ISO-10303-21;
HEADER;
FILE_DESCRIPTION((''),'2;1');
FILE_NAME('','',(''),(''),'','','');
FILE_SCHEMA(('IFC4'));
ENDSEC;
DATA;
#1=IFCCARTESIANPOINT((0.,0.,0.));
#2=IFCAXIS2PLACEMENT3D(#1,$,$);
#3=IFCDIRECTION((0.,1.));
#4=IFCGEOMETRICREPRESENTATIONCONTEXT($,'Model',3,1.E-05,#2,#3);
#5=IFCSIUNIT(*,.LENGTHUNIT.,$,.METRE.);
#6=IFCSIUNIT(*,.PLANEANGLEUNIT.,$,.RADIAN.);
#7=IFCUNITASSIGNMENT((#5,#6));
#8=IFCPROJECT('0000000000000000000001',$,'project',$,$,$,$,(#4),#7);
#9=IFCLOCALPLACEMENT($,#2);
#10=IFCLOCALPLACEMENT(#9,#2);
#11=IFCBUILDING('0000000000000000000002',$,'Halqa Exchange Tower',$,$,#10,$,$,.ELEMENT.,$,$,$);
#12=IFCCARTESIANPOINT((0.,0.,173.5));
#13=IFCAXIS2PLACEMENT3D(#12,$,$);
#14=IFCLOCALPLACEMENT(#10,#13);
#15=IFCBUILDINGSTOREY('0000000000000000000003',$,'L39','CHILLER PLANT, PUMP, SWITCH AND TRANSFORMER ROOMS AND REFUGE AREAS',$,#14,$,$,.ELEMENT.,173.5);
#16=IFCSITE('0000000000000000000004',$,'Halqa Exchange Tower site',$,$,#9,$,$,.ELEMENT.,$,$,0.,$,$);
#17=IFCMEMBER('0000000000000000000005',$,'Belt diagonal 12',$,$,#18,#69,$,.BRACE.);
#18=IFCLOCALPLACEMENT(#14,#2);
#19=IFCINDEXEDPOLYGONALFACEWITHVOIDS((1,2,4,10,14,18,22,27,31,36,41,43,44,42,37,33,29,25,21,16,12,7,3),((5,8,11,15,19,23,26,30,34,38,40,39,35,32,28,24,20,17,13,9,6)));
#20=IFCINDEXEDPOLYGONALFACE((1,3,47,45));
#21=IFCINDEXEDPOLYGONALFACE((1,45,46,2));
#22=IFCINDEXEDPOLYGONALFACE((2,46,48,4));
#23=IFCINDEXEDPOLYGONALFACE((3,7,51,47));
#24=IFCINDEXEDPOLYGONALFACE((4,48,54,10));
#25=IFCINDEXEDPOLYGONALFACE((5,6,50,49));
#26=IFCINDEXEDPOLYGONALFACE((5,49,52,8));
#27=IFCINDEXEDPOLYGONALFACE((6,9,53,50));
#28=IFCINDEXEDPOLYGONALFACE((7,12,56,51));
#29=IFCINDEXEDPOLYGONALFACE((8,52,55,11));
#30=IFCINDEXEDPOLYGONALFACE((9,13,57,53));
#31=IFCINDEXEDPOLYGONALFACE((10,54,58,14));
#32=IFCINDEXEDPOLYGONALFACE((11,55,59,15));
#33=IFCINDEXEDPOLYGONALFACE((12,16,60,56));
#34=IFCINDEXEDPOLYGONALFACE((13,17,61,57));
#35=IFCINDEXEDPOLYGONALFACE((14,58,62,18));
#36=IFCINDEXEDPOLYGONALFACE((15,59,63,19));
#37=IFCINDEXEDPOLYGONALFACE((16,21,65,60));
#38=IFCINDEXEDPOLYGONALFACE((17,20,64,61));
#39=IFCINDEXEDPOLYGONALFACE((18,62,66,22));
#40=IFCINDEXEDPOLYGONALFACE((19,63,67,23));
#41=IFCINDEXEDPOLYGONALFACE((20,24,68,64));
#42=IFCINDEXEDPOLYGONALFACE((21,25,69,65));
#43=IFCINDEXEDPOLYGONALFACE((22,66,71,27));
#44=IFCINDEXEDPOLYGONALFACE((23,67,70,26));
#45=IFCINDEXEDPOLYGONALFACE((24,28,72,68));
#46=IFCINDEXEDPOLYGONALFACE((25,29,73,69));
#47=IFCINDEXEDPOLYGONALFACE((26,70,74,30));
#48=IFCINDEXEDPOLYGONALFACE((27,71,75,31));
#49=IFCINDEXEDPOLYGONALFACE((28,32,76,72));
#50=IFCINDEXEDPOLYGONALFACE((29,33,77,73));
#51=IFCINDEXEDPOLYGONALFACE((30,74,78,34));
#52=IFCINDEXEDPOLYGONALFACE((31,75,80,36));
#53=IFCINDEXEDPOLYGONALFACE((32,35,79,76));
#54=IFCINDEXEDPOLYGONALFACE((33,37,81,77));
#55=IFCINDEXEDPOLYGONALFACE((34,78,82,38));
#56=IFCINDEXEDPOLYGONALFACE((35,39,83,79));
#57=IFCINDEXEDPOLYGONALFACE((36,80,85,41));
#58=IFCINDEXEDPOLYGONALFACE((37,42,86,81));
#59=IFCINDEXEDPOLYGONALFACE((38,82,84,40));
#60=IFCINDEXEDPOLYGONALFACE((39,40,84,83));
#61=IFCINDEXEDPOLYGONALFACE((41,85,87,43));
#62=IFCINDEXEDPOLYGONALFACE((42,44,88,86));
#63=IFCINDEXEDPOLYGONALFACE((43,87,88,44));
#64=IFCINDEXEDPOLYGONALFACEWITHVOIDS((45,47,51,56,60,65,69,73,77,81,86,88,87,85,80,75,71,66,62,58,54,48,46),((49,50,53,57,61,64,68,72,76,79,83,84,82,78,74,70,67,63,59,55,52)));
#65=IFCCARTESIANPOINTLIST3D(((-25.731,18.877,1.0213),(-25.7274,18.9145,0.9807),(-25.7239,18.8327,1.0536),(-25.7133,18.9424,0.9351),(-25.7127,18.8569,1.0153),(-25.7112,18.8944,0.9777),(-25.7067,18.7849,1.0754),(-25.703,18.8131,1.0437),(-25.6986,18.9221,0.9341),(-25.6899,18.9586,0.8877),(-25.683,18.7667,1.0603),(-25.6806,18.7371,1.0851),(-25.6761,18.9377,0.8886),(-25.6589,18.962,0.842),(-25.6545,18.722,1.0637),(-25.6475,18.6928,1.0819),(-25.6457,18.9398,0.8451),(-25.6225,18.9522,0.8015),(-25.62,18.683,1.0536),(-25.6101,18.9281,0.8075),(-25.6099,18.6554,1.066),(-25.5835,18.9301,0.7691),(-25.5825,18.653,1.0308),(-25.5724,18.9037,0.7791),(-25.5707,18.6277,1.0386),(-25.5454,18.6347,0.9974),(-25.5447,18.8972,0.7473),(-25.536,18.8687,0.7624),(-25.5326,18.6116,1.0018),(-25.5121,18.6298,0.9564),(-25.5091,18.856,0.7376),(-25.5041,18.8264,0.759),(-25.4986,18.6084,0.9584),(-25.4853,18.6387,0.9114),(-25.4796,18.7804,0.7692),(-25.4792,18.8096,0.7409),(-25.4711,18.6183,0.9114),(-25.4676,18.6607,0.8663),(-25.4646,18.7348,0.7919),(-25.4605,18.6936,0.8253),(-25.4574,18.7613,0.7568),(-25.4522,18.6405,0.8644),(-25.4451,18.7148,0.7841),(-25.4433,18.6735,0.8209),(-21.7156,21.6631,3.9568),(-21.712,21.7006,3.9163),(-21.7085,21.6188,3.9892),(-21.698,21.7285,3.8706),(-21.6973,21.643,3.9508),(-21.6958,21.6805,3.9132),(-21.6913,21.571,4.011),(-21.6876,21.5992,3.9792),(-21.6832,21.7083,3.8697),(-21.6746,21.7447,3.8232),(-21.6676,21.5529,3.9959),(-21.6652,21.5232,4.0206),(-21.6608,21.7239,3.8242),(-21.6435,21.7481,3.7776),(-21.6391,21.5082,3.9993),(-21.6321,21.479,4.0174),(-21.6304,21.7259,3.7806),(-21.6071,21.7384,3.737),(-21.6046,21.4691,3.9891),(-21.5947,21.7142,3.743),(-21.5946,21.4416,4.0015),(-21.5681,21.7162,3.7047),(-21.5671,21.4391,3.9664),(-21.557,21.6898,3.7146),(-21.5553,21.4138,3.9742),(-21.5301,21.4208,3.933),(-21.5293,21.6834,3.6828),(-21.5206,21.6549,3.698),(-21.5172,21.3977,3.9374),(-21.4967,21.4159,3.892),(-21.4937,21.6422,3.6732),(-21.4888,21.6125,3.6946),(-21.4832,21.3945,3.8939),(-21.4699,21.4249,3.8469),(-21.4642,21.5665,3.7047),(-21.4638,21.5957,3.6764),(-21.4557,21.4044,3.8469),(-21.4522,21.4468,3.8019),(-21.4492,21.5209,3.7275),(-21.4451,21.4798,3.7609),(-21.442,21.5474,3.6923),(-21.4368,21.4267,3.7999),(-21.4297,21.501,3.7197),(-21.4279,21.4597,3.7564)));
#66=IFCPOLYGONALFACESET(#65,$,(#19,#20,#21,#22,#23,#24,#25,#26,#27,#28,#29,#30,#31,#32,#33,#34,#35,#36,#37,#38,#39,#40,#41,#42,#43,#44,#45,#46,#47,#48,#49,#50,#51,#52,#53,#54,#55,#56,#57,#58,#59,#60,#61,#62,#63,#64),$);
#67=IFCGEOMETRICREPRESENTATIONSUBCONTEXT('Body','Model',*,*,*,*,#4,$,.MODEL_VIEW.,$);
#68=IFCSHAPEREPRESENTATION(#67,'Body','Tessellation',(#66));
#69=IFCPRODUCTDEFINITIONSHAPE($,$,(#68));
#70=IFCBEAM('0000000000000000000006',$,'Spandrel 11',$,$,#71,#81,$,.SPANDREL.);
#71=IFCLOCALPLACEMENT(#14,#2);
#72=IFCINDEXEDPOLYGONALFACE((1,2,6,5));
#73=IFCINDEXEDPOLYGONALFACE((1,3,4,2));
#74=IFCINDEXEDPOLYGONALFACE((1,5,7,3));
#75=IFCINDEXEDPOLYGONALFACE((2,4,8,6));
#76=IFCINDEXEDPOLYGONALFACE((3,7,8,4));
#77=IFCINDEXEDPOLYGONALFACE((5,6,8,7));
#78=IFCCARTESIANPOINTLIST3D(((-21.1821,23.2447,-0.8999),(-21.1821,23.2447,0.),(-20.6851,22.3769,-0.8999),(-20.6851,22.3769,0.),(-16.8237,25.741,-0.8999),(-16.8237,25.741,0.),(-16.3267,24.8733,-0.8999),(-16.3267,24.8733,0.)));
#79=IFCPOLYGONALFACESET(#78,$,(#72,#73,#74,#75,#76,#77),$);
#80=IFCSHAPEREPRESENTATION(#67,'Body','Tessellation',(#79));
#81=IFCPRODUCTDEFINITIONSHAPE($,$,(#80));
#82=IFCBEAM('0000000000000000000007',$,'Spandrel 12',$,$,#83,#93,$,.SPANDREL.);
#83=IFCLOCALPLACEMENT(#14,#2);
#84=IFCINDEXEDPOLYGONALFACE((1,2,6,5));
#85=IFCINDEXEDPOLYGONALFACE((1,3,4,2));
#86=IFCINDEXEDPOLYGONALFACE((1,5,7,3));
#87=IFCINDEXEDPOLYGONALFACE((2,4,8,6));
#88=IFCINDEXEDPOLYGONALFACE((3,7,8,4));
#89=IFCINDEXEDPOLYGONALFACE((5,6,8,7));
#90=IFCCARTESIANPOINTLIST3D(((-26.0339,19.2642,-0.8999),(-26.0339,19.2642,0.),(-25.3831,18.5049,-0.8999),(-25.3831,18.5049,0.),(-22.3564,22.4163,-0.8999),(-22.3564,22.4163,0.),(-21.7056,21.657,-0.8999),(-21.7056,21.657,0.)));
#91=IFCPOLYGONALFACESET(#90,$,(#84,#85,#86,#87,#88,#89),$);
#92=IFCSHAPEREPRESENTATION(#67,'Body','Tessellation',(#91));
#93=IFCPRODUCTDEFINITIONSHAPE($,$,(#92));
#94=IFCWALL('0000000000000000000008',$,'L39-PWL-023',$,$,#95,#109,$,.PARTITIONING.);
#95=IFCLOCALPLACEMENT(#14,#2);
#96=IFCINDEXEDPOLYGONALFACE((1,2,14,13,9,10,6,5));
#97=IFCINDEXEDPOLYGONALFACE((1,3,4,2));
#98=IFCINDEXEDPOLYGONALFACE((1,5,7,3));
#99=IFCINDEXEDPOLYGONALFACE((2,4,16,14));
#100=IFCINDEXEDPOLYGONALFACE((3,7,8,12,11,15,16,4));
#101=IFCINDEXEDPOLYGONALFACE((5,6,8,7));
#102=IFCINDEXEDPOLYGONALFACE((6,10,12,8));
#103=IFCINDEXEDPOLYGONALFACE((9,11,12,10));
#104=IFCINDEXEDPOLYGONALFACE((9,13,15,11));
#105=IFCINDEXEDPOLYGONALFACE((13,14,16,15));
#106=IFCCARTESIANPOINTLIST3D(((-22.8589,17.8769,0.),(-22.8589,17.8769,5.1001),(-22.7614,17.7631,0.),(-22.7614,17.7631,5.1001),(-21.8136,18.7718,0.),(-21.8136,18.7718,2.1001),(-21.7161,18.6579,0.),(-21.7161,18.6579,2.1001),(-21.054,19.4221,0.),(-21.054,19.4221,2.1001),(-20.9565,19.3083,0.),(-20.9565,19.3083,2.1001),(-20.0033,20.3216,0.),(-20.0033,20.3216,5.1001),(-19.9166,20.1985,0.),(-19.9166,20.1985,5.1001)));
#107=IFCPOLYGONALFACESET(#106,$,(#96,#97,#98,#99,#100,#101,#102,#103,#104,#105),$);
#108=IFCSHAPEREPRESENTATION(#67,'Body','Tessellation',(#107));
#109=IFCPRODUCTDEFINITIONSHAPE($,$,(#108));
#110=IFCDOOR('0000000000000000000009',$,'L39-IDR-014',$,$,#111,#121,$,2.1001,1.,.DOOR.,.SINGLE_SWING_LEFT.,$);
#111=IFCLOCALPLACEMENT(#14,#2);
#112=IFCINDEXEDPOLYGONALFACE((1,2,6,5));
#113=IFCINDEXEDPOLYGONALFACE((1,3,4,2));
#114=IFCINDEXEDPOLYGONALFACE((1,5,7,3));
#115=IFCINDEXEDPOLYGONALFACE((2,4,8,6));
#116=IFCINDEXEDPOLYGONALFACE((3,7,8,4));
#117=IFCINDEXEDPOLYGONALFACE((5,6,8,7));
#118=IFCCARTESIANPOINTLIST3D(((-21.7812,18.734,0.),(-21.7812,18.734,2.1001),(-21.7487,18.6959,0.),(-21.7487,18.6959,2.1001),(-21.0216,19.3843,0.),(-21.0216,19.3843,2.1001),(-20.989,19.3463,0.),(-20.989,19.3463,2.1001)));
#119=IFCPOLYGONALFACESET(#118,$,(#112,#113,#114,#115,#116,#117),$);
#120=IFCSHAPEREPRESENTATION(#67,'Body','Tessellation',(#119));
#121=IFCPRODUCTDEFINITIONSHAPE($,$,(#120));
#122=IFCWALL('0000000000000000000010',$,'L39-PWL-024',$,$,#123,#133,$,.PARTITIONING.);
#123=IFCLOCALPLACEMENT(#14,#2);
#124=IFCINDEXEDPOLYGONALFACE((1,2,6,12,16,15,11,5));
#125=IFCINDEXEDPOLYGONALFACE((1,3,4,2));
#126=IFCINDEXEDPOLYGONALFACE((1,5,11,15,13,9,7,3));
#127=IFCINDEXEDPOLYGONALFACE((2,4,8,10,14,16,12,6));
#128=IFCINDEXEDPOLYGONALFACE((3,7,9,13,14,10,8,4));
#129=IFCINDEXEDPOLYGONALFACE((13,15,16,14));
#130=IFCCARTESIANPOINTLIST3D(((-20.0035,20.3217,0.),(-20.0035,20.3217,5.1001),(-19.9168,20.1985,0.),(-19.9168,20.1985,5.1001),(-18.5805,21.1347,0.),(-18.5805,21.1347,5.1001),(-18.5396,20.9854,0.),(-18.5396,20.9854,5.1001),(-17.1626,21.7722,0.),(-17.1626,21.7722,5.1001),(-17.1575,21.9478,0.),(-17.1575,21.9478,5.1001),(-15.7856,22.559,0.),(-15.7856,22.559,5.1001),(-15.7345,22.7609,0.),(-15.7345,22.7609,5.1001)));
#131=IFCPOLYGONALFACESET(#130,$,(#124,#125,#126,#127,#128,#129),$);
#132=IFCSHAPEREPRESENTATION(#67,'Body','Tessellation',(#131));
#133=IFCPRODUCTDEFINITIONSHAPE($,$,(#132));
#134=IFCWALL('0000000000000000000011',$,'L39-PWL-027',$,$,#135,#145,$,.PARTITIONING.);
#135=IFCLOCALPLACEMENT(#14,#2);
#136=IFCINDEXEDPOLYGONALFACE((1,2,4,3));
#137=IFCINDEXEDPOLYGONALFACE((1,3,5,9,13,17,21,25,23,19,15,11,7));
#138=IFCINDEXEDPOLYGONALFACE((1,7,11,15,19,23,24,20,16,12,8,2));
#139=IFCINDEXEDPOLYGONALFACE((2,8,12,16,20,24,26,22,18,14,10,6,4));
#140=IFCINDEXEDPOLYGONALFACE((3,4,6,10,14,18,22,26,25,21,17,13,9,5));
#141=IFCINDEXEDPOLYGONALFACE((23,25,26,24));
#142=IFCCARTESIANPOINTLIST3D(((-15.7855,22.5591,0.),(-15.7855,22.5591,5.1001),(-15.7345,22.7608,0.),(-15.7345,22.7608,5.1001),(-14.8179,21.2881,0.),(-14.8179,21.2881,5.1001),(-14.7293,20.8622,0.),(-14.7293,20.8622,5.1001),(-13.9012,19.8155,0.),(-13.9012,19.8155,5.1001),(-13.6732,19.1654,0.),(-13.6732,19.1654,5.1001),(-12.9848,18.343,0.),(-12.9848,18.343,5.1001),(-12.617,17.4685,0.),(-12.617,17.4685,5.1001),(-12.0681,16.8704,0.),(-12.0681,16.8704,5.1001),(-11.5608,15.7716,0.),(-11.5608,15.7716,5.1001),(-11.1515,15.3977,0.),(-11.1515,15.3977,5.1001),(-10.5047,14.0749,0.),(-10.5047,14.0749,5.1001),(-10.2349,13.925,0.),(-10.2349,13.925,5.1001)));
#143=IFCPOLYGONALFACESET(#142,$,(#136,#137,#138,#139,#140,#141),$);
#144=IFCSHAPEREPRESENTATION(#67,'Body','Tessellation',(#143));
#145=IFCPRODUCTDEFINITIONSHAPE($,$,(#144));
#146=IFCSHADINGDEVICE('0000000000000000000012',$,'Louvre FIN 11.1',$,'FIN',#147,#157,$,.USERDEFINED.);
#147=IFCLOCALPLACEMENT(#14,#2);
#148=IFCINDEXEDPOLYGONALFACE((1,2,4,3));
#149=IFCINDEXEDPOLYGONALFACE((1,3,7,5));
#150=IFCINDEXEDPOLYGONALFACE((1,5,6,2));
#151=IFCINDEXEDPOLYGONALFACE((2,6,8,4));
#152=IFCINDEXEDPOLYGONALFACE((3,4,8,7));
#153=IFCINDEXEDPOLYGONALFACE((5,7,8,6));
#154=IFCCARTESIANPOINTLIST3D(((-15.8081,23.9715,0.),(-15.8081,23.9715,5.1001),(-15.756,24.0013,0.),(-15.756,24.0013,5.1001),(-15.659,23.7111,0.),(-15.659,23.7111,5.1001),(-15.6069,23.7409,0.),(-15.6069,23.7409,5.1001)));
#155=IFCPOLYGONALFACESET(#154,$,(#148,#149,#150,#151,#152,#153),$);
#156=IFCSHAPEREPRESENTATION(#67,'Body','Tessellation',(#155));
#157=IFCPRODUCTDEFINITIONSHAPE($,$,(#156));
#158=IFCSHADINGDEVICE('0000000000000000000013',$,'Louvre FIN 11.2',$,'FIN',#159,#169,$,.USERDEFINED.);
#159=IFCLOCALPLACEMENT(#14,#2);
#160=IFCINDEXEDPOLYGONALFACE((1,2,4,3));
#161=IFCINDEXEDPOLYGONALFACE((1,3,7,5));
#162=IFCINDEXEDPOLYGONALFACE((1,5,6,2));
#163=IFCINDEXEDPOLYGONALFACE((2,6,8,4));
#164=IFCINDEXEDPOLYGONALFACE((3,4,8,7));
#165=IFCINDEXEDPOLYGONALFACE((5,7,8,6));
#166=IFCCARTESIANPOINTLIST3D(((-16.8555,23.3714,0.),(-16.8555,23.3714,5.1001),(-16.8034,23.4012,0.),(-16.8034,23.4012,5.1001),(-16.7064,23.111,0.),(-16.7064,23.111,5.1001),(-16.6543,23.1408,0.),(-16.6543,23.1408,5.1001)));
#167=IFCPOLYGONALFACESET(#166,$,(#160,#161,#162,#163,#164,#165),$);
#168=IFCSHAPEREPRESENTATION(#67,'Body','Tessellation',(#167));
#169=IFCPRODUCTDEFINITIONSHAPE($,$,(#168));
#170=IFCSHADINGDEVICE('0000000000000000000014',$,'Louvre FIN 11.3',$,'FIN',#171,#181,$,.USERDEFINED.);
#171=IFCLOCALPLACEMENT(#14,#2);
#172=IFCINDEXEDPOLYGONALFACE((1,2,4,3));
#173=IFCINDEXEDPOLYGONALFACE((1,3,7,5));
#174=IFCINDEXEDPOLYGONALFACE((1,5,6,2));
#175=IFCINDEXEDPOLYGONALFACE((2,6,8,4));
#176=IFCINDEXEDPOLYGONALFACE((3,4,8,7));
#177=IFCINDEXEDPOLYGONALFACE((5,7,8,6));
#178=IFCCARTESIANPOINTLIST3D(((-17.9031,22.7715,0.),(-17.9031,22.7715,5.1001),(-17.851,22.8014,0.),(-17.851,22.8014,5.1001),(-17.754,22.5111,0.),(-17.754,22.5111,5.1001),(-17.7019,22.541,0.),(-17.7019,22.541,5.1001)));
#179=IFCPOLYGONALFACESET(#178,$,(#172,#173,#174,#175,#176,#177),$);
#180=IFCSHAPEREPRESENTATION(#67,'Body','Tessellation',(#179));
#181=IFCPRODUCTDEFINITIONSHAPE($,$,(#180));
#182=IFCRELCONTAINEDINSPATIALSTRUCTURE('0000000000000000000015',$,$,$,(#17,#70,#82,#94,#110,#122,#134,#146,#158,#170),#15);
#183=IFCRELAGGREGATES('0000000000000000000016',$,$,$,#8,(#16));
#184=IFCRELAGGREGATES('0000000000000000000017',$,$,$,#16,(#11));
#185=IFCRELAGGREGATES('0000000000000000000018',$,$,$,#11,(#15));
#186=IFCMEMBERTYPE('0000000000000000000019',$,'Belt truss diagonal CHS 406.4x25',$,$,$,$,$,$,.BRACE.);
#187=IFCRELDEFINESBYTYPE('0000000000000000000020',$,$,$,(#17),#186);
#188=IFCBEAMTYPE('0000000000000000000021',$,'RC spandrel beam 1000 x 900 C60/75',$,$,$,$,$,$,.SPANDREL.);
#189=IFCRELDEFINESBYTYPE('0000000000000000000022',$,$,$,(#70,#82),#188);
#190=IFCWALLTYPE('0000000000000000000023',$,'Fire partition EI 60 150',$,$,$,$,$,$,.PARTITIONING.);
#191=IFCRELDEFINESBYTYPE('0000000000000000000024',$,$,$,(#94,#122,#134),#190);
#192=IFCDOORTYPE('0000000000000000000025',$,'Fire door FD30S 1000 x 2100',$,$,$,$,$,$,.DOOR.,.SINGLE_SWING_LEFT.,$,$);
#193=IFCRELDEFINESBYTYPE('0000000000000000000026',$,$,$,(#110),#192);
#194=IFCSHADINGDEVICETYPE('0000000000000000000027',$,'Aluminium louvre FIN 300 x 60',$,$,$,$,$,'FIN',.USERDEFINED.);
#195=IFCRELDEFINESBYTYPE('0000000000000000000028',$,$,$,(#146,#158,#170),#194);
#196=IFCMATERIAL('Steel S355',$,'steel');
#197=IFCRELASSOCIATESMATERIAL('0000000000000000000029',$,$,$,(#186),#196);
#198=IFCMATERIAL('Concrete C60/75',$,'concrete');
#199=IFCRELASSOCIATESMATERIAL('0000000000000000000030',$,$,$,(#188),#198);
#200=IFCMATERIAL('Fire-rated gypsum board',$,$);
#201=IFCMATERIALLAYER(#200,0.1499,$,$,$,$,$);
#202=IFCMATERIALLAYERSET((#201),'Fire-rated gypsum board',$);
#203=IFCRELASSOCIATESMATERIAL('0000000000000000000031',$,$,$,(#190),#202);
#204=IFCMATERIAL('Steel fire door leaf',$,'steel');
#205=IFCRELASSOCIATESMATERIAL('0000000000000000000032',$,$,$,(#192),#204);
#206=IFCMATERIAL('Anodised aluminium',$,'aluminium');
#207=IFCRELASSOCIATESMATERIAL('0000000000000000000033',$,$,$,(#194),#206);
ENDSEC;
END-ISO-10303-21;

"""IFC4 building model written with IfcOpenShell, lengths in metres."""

from ifc_helpers import new_model, si_unit, direction, frame, frame_2d, origin, origin_2d, place, context, subcontext, project, spatial, polyline, rectangle, hollow_circle, outline, extrude, material, layer, layer_set, material_profile, profile_set, type_object, element, fill, save


model = new_model("IFC4")

# Units and contexts
model_context = context("Model", 3, precision=1e-05, world=origin(), true_north=direction((0.0, 1.0)))
body_context = subcontext(model_context, "Body", "Model", "MODEL_VIEW")
ifc_project = project(units=[si_unit("LENGTHUNIT", "METRE"), si_unit("PLANEANGLEUNIT", "RADIAN")], contexts=[model_context])

# Site, building, storey
site_placement = place(None, origin())
site = spatial("IfcSite", under=ifc_project, at=site_placement, Name="Halqa Exchange Tower site", CompositionType="ELEMENT", RefElevation=0.0)
building_placement = place(site_placement, origin())
building = spatial("IfcBuilding", under=site, at=building_placement, Name="Halqa Exchange Tower", CompositionType="ELEMENT")
storey_placement = place(building_placement, frame((0.0, 0.0, 173.5)))
storey = spatial("IfcBuildingStorey", under=building, at=storey_placement, Name="L39", Description="CHILLER PLANT, PUMP, SWITCH AND TRANSFORMER ROOMS AND REFUGE AREAS", CompositionType="ELEMENT", Elevation=173.5)

# Member
ifc_material_1 = material(Name="Steel S355", Category="steel")
ifc_material_profile_1 = material_profile(ifc_material_1, hollow_circle(Radius=0.2031, WallThickness=0.0249, at=origin_2d()), Name="CHS 406.4x25")
ifc_profile_set_1 = profile_set([ifc_material_profile_1], Name="Steel S355")
member_type_1 = type_object("IfcMemberType", Name="Belt truss diagonal CHS 406.4x25", PredefinedType="BRACE", material=ifc_profile_set_1)
member_1_placement = place(storey_placement, frame((-21.5715, 21.5713, 3.8469), z_axis=(-0.704309, -0.488696, -0.514903), x_axis=(0.570075, -0.821593, 0.0)))
element("IfcMember", 1, at=member_1_placement, inside=storey, type_object=member_type_1, Name="Belt diagonal 12", PredefinedType="BRACE", context=body_context, shape_type="SweptSolid", body=[
    extrude(hollow_circle(Radius=0.2031, WallThickness=0.0249, at=origin_2d()), origin(), (0.0, 0.0, 1.0), 5.7012),
])

# Beams
ifc_material_2 = material(Name="Concrete C60/75", Category="concrete")
ifc_material_profile_2 = material_profile(ifc_material_2, rectangle(XDim=1.0, YDim=0.8999, at=origin_2d()), Name="1000 x 900")
ifc_profile_set_2 = profile_set([ifc_material_profile_2], Name="Concrete C60/75")
beam_type = type_object("IfcBeamType", Name="RC spandrel beam 1000 x 900 C60/75", PredefinedType="SPANDREL", material=ifc_profile_set_2)
beam_1_placement = place(storey_placement, frame((-16.5752, 25.3071, -0.45), z_axis=(-0.867743, -0.497013, 0.0), x_axis=(0.497013, -0.867743, 0.0)))
element("IfcBeam", 2, at=beam_1_placement, inside=storey, type_object=beam_type, Name="Spandrel 11", PredefinedType="SPANDREL", context=body_context, shape_type="SweptSolid", body=[
    extrude(rectangle(XDim=1.0, YDim=0.8999, at=origin_2d()), origin(), (0.0, 0.0, 1.0), 5.0227),
])
beam_2_placement = place(storey_placement, frame((-22.031, 22.0366, -0.45), z_axis=(-0.75926, -0.650787, 0.0), x_axis=(0.650787, -0.75926, 0.0)))
element("IfcBeam", 3, at=beam_2_placement, inside=storey, type_object=beam_type, Name="Spandrel 12", PredefinedType="SPANDREL", context=body_context, shape_type="SweptSolid", body=[
    extrude(rectangle(XDim=1.0, YDim=0.8999, at=origin_2d()), origin(), (0.0, 0.0, 1.0), 4.8435),
])

# Wall, opening, door
ifc_material_3 = material(Name="Fire-rated gypsum board")
ifc_layer_1 = layer(ifc_material_3, 0.1499)
ifc_layer_set_1 = layer_set([ifc_layer_1], Name="Fire-rated gypsum board")
wall_type = type_object("IfcWallType", Name="Fire partition EI 60 150", PredefinedType="PARTITIONING", material=ifc_layer_set_1)
wall_1_placement = place(storey_placement, frame((-19.9546, 20.2646, 0.0), z_axis=(0.0, 0.0, 1.0), x_axis=(-0.759646, -0.650337, 0.0)))
wall_1 = element("IfcWall", 4, at=wall_1_placement, inside=storey, type_object=wall_type, Name="L39-PWL-023", PredefinedType="PARTITIONING", context=body_context, shape_type="SweptSolid", body=[
    extrude(outline(polyline([(3.759, 0.075), (1.8867, 0.075), (0.0142, 0.075), (0.0, -0.075), (1.8796, -0.075), (3.759, -0.075), (3.759, 0.075)])), origin(), (0.0, 0.0, 1.0), 5.1001),
])
opening_placement = place(wall_1_placement, frame((1.3831, 0.0, 0.0)))
opening = element("IfcOpeningElement", 5, at=opening_placement, cuts=wall_1, PredefinedType="OPENING", context=body_context, shape_type="SweptSolid", body=[
    extrude(rectangle(XDim=1.0, YDim=2.1001, at=frame_2d((0.5, 1.05))), frame((0.0, 0.0869, 0.0), z_axis=(0.0, -1.0, 0.0), x_axis=(1.0, 0.0, 0.0)), (0.0, 0.0, 1.0), 0.1738),
])
ifc_material_4 = material(Name="Steel fire door leaf", Category="steel")
door_type = type_object("IfcDoorType", Name="Fire door FD30S 1000 x 2100", OperationType="SINGLE_SWING_LEFT", PredefinedType="DOOR", material=ifc_material_4)
door_placement = place(opening_placement, origin())
door = element("IfcDoor", 6, at=door_placement, inside=storey, type_object=door_type, Name="L39-IDR-014", OperationType="SINGLE_SWING_LEFT", OverallHeight=2.1001, OverallWidth=1.0, PredefinedType="DOOR", context=body_context, shape_type="SweptSolid", body=[
    extrude(rectangle(XDim=1.0, YDim=2.1001, at=frame_2d((0.5, 1.05))), frame((0.0, 0.0249, 0.0), z_axis=(0.0, -1.0, 0.0), x_axis=(1.0, 0.0, 0.0)), (0.0, 0.0, 1.0), 0.05),
])
fill(opening, door)

# Walls
wall_2_placement = place(storey_placement, frame((-19.9663, 20.2566, 0.0), z_axis=(0.0, 0.0, 1.0), x_axis=(0.868265, 0.496102, 0.0)))
element("IfcWall", 7, at=wall_2_placement, inside=storey, type_object=wall_type, Name="L39-PWL-024", PredefinedType="PARTITIONING", context=body_context, shape_type="SweptSolid", body=[
    extrude(outline(polyline([(0.0142, -0.075), (1.6003, -0.075), (3.1863, -0.075), (4.7722, -0.075), (4.9167, 0.075), (3.2778, 0.075), (1.6389, 0.075), (0.0, 0.075), (0.0142, -0.075)])), origin(), (0.0, 0.0, 1.0), 5.1001),
])
wall_3_placement = place(storey_placement, frame((-15.7981, 22.7212, 0.0), z_axis=(0.0, 0.0, 1.0), x_axis=(0.528423, -0.848981, 0.0)))
element("IfcWall", 8, at=wall_3_placement, inside=storey, type_object=wall_type, Name="L39-PWL-027", PredefinedType="PARTITIONING", context=body_context, shape_type="SweptSolid", body=[
    extrude(outline(polyline([(0.1443, -0.075), (2.1431, -0.075), (4.1416, -0.075), (6.1404, -0.075), (8.1392, -0.075), (10.1377, -0.075), (10.4075, 0.075), (10.4075, 0.075), (8.6729, 0.075), (6.9382, 0.075), (5.2036, 0.075), (3.4692, 0.075), (1.7346, 0.075), (0.0, 0.075), (0.0, 0.075), (0.1443, -0.075)])), origin(), (0.0, 0.0, 1.0), 5.1001),
])

# Shading devices
ifc_material_5 = material(Name="Anodised aluminium", Category="aluminium")
ifc_material_profile_3 = material_profile(ifc_material_5, rectangle(XDim=0.3, YDim=0.0601, at=origin_2d()), Name="AL FIN 300x60")
ifc_profile_set_3 = profile_set([ifc_material_profile_3], Name="Anodised aluminium")
shading_device_type = type_object("IfcShadingDeviceType", Name="Aluminium louvre FIN 300 x 60", ElementType="FIN", PredefinedType="USERDEFINED", material=ifc_profile_set_3)
for number, where, z_axis, x_axis, name in (
    (9, (-15.7075, 23.8562, 0.0), (0.0, 0.0, 1.0), (0.496982, -0.867761, 0.0), "Louvre FIN 11.1"),
    (10, (-16.7549, 23.2561, 0.0), (0.0, 0.0, 1.0), (0.496982, -0.867761, 0.0), "Louvre FIN 11.2"),
    (11, (-17.8025, 22.6562, 0.0), (0.0, 0.0, 1.0), (0.496982, -0.867761, 0.0), "Louvre FIN 11.3"),
):
    element("IfcShadingDevice", number, at=place(storey_placement, frame(where, z_axis=z_axis, x_axis=x_axis)), inside=storey, type_object=shading_device_type, Name=name, ObjectType="FIN", PredefinedType="USERDEFINED", context=body_context, shape_type="SweptSolid", body=[
        extrude(rectangle(XDim=0.3, YDim=0.0601, at=origin_2d()), origin(), (0.0, 0.0, 1.0), 5.1001),
    ])

save(model, "model.ifc")
